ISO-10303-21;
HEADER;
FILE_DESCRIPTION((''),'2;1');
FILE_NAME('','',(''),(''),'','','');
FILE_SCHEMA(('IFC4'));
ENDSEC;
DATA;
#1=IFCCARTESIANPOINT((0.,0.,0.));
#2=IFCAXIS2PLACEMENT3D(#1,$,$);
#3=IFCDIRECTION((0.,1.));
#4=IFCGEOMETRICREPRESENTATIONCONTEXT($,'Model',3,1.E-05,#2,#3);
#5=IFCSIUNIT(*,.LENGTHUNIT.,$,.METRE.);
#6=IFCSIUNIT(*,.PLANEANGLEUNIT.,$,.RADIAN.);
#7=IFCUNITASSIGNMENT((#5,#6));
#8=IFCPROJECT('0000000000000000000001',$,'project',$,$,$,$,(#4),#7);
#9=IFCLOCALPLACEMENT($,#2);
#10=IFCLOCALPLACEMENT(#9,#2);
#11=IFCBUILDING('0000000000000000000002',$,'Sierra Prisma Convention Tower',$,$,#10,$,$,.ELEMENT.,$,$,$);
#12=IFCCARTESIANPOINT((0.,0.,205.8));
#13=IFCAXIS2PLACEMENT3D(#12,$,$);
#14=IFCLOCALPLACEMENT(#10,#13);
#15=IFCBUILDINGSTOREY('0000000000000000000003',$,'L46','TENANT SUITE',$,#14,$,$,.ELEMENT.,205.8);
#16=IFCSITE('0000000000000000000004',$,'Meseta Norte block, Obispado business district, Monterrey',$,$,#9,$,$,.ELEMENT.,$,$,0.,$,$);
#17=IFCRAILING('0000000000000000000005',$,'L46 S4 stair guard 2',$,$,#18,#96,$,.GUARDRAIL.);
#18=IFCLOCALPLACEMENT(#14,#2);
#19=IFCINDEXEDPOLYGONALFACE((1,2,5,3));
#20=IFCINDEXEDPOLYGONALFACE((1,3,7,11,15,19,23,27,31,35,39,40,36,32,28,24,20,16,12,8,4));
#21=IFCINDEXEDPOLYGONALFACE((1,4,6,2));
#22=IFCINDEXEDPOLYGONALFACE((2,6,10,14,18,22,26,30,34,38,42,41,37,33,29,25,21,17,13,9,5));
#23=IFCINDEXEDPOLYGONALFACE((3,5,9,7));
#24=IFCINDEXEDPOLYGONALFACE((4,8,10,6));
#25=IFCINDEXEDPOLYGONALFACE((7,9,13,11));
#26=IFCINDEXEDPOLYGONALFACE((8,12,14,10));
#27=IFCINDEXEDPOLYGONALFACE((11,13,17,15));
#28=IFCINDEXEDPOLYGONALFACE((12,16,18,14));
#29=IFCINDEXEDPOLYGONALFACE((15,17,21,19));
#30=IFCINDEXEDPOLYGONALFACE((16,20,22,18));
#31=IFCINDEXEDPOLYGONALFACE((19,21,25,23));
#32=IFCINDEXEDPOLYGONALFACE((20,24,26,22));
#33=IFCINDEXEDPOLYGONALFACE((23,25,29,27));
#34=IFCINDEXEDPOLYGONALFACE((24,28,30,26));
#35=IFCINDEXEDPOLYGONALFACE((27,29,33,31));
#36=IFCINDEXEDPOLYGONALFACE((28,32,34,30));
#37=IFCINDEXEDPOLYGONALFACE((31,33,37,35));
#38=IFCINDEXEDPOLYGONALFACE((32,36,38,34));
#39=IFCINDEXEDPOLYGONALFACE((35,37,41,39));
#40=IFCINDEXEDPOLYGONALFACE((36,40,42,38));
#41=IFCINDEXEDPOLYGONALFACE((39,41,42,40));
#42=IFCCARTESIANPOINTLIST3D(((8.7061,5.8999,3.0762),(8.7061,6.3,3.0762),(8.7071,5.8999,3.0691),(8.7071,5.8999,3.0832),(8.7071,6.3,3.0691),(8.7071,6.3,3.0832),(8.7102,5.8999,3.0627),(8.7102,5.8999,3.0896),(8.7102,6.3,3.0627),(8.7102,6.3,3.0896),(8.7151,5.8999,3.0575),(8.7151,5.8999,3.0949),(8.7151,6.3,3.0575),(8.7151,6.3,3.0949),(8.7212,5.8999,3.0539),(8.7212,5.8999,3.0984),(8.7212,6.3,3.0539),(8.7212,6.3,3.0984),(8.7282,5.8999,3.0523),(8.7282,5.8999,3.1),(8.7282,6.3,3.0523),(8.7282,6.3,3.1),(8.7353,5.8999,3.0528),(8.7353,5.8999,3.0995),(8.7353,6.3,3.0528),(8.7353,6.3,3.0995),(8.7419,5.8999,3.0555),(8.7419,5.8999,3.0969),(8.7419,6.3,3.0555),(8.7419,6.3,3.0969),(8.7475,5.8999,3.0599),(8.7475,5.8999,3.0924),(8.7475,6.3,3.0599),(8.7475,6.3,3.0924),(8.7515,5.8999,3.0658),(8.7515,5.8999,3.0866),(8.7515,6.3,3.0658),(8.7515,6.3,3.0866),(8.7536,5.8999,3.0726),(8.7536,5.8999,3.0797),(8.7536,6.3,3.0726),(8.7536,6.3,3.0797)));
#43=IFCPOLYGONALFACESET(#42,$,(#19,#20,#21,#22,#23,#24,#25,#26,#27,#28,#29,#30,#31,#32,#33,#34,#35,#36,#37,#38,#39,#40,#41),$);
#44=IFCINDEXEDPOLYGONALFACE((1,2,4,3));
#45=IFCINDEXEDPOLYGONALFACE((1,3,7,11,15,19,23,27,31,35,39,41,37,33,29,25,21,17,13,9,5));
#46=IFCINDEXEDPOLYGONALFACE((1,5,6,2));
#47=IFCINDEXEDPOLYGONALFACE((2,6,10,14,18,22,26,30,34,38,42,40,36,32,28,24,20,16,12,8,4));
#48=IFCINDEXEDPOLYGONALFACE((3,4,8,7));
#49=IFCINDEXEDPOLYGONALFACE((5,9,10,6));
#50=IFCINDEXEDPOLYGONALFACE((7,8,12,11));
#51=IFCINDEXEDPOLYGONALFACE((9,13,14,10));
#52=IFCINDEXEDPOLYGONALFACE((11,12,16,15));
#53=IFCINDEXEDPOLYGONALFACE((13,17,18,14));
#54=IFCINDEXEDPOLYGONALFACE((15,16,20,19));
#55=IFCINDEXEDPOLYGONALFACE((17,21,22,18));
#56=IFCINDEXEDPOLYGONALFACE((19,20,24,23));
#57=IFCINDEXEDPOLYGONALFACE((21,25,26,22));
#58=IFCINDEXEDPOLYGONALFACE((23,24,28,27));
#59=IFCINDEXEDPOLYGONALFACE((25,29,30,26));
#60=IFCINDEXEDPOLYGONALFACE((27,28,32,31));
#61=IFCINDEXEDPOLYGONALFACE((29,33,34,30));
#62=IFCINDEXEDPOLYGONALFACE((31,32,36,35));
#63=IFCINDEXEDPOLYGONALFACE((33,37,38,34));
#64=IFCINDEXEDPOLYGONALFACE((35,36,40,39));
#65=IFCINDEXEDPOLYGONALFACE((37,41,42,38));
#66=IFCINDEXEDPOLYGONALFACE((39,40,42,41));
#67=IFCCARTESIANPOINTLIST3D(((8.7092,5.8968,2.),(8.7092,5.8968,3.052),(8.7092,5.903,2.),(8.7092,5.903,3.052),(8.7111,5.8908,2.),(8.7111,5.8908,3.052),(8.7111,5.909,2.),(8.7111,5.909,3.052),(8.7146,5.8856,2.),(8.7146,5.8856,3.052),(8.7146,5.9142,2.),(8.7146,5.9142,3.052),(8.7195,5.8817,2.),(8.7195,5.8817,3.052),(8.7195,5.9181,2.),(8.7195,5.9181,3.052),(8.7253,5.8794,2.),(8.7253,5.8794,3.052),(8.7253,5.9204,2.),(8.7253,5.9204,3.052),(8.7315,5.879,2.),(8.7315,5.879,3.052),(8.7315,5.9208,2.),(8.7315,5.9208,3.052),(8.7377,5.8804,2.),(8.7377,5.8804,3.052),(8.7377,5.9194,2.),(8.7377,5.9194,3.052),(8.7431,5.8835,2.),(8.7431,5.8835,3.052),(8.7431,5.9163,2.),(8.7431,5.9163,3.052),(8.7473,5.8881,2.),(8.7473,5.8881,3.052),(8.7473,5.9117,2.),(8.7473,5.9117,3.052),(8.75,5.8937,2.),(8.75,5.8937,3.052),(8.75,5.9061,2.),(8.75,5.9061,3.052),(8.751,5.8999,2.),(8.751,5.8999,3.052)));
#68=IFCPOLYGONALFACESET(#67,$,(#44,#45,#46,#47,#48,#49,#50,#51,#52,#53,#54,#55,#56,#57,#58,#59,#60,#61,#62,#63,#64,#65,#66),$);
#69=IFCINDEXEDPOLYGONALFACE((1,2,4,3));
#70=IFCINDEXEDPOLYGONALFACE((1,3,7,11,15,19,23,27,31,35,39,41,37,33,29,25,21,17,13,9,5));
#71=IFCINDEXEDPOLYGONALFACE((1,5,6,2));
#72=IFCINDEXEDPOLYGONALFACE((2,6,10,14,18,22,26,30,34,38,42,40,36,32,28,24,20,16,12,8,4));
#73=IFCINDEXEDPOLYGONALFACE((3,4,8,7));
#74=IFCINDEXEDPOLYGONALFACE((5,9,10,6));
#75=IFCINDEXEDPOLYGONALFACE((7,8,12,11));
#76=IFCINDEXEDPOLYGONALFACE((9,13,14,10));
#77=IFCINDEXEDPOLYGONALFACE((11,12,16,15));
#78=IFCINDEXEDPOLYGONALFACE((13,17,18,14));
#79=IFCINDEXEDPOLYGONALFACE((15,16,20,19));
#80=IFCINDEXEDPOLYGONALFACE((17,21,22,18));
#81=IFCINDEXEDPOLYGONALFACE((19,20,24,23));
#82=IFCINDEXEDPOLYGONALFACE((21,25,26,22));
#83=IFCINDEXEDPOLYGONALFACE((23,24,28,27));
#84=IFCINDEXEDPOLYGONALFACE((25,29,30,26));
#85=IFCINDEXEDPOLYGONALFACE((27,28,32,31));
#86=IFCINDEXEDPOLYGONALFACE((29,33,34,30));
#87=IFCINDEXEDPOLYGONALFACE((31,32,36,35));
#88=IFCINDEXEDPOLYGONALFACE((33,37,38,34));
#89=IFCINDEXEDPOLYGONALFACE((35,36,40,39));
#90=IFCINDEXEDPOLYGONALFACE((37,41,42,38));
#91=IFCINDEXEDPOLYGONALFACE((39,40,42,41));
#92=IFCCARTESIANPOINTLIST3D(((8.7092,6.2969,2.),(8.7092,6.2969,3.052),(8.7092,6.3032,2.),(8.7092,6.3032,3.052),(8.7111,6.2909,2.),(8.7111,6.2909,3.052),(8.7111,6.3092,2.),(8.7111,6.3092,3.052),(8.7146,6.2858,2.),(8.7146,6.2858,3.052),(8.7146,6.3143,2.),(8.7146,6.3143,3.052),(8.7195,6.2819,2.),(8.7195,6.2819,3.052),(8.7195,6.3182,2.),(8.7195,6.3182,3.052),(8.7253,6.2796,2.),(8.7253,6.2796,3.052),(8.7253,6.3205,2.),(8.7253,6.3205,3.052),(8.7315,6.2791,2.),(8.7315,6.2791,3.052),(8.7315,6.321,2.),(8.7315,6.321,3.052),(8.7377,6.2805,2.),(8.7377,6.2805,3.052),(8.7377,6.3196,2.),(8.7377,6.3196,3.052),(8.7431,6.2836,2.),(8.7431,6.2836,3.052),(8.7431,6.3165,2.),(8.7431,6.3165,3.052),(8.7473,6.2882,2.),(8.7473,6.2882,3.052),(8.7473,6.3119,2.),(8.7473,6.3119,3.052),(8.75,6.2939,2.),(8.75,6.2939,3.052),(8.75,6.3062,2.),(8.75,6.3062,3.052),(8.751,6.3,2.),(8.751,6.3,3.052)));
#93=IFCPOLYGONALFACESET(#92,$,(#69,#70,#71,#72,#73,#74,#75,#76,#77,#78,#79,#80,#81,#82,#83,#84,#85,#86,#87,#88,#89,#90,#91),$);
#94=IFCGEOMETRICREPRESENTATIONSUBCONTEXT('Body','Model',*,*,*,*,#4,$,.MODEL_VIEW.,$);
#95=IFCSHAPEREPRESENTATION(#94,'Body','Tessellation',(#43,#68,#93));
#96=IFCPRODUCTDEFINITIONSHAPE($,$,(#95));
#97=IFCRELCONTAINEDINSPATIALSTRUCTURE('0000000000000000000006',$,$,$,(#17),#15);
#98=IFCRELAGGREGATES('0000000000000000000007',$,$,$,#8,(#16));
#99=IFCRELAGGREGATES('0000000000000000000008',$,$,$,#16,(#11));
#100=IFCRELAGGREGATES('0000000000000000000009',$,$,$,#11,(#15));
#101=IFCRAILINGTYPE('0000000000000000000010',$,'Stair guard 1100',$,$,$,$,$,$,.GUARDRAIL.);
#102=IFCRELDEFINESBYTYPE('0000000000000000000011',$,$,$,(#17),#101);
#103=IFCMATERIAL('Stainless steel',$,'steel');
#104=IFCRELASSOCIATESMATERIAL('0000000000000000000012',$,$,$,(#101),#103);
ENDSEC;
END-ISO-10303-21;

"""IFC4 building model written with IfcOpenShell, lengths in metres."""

from ifc_helpers import new_model, si_unit, direction, frame, origin, origin_2d, place, context, subcontext, project, spatial, circle, extrude, material, type_object, element, save


model = new_model("IFC4")

# Units and contexts
model_context = context("Model", 3, precision=1e-05, world=origin(), true_north=direction((0.0, 1.0)))
body_context = subcontext(model_context, "Body", "Model", "MODEL_VIEW")
ifc_project = project(units=[si_unit("LENGTHUNIT", "METRE"), si_unit("PLANEANGLEUNIT", "RADIAN")], contexts=[model_context])

# Site, building, storey
site_placement = place(None, origin())
site = spatial("IfcSite", under=ifc_project, at=site_placement, Name="Meseta Norte block, Obispado business district, Monterrey", CompositionType="ELEMENT", RefElevation=0.0)
building_placement = place(site_placement, origin())
building = spatial("IfcBuilding", under=site, at=building_placement, Name="Sierra Prisma Convention Tower", CompositionType="ELEMENT")
storey_placement = place(building_placement, frame((0.0, 0.0, 205.8)))
storey = spatial("IfcBuildingStorey", under=building, at=storey_placement, Name="L46", Description="TENANT SUITE", CompositionType="ELEMENT", Elevation=205.8)

# Railing
ifc_material_1 = material(Name="Stainless steel", Category="steel")
railing_type_1 = type_object("IfcRailingType", Name="Stair guard 1100", PredefinedType="GUARDRAIL", material=ifc_material_1)
railing_1_placement = place(storey_placement, frame((8.73, 5.8999, 2.0)))
element("IfcRailing", 1, at=railing_1_placement, inside=storey, type_object=railing_type_1, Name="L46 S4 stair guard 2", PredefinedType="GUARDRAIL", context=body_context, shape_type="SweptSolid", body=[
    extrude(circle(Radius=0.0239, at=origin_2d()), frame((0.0, 0.0, 1.0762), z_axis=(0.0, 1.0, 0.0), x_axis=(-1.0, 0.0, 0.0)), (0.0, 0.0, 1.0), 0.4001),
    extrude(circle(Radius=0.021, at=origin_2d()), origin(), (0.0, 0.0, 1.0), 1.052),
    extrude(circle(Radius=0.021, at=origin_2d()), frame((0.0, 0.4001, 0.0)), (0.0, 0.0, 1.0), 1.052),
])

save(model, "model.ifc")
